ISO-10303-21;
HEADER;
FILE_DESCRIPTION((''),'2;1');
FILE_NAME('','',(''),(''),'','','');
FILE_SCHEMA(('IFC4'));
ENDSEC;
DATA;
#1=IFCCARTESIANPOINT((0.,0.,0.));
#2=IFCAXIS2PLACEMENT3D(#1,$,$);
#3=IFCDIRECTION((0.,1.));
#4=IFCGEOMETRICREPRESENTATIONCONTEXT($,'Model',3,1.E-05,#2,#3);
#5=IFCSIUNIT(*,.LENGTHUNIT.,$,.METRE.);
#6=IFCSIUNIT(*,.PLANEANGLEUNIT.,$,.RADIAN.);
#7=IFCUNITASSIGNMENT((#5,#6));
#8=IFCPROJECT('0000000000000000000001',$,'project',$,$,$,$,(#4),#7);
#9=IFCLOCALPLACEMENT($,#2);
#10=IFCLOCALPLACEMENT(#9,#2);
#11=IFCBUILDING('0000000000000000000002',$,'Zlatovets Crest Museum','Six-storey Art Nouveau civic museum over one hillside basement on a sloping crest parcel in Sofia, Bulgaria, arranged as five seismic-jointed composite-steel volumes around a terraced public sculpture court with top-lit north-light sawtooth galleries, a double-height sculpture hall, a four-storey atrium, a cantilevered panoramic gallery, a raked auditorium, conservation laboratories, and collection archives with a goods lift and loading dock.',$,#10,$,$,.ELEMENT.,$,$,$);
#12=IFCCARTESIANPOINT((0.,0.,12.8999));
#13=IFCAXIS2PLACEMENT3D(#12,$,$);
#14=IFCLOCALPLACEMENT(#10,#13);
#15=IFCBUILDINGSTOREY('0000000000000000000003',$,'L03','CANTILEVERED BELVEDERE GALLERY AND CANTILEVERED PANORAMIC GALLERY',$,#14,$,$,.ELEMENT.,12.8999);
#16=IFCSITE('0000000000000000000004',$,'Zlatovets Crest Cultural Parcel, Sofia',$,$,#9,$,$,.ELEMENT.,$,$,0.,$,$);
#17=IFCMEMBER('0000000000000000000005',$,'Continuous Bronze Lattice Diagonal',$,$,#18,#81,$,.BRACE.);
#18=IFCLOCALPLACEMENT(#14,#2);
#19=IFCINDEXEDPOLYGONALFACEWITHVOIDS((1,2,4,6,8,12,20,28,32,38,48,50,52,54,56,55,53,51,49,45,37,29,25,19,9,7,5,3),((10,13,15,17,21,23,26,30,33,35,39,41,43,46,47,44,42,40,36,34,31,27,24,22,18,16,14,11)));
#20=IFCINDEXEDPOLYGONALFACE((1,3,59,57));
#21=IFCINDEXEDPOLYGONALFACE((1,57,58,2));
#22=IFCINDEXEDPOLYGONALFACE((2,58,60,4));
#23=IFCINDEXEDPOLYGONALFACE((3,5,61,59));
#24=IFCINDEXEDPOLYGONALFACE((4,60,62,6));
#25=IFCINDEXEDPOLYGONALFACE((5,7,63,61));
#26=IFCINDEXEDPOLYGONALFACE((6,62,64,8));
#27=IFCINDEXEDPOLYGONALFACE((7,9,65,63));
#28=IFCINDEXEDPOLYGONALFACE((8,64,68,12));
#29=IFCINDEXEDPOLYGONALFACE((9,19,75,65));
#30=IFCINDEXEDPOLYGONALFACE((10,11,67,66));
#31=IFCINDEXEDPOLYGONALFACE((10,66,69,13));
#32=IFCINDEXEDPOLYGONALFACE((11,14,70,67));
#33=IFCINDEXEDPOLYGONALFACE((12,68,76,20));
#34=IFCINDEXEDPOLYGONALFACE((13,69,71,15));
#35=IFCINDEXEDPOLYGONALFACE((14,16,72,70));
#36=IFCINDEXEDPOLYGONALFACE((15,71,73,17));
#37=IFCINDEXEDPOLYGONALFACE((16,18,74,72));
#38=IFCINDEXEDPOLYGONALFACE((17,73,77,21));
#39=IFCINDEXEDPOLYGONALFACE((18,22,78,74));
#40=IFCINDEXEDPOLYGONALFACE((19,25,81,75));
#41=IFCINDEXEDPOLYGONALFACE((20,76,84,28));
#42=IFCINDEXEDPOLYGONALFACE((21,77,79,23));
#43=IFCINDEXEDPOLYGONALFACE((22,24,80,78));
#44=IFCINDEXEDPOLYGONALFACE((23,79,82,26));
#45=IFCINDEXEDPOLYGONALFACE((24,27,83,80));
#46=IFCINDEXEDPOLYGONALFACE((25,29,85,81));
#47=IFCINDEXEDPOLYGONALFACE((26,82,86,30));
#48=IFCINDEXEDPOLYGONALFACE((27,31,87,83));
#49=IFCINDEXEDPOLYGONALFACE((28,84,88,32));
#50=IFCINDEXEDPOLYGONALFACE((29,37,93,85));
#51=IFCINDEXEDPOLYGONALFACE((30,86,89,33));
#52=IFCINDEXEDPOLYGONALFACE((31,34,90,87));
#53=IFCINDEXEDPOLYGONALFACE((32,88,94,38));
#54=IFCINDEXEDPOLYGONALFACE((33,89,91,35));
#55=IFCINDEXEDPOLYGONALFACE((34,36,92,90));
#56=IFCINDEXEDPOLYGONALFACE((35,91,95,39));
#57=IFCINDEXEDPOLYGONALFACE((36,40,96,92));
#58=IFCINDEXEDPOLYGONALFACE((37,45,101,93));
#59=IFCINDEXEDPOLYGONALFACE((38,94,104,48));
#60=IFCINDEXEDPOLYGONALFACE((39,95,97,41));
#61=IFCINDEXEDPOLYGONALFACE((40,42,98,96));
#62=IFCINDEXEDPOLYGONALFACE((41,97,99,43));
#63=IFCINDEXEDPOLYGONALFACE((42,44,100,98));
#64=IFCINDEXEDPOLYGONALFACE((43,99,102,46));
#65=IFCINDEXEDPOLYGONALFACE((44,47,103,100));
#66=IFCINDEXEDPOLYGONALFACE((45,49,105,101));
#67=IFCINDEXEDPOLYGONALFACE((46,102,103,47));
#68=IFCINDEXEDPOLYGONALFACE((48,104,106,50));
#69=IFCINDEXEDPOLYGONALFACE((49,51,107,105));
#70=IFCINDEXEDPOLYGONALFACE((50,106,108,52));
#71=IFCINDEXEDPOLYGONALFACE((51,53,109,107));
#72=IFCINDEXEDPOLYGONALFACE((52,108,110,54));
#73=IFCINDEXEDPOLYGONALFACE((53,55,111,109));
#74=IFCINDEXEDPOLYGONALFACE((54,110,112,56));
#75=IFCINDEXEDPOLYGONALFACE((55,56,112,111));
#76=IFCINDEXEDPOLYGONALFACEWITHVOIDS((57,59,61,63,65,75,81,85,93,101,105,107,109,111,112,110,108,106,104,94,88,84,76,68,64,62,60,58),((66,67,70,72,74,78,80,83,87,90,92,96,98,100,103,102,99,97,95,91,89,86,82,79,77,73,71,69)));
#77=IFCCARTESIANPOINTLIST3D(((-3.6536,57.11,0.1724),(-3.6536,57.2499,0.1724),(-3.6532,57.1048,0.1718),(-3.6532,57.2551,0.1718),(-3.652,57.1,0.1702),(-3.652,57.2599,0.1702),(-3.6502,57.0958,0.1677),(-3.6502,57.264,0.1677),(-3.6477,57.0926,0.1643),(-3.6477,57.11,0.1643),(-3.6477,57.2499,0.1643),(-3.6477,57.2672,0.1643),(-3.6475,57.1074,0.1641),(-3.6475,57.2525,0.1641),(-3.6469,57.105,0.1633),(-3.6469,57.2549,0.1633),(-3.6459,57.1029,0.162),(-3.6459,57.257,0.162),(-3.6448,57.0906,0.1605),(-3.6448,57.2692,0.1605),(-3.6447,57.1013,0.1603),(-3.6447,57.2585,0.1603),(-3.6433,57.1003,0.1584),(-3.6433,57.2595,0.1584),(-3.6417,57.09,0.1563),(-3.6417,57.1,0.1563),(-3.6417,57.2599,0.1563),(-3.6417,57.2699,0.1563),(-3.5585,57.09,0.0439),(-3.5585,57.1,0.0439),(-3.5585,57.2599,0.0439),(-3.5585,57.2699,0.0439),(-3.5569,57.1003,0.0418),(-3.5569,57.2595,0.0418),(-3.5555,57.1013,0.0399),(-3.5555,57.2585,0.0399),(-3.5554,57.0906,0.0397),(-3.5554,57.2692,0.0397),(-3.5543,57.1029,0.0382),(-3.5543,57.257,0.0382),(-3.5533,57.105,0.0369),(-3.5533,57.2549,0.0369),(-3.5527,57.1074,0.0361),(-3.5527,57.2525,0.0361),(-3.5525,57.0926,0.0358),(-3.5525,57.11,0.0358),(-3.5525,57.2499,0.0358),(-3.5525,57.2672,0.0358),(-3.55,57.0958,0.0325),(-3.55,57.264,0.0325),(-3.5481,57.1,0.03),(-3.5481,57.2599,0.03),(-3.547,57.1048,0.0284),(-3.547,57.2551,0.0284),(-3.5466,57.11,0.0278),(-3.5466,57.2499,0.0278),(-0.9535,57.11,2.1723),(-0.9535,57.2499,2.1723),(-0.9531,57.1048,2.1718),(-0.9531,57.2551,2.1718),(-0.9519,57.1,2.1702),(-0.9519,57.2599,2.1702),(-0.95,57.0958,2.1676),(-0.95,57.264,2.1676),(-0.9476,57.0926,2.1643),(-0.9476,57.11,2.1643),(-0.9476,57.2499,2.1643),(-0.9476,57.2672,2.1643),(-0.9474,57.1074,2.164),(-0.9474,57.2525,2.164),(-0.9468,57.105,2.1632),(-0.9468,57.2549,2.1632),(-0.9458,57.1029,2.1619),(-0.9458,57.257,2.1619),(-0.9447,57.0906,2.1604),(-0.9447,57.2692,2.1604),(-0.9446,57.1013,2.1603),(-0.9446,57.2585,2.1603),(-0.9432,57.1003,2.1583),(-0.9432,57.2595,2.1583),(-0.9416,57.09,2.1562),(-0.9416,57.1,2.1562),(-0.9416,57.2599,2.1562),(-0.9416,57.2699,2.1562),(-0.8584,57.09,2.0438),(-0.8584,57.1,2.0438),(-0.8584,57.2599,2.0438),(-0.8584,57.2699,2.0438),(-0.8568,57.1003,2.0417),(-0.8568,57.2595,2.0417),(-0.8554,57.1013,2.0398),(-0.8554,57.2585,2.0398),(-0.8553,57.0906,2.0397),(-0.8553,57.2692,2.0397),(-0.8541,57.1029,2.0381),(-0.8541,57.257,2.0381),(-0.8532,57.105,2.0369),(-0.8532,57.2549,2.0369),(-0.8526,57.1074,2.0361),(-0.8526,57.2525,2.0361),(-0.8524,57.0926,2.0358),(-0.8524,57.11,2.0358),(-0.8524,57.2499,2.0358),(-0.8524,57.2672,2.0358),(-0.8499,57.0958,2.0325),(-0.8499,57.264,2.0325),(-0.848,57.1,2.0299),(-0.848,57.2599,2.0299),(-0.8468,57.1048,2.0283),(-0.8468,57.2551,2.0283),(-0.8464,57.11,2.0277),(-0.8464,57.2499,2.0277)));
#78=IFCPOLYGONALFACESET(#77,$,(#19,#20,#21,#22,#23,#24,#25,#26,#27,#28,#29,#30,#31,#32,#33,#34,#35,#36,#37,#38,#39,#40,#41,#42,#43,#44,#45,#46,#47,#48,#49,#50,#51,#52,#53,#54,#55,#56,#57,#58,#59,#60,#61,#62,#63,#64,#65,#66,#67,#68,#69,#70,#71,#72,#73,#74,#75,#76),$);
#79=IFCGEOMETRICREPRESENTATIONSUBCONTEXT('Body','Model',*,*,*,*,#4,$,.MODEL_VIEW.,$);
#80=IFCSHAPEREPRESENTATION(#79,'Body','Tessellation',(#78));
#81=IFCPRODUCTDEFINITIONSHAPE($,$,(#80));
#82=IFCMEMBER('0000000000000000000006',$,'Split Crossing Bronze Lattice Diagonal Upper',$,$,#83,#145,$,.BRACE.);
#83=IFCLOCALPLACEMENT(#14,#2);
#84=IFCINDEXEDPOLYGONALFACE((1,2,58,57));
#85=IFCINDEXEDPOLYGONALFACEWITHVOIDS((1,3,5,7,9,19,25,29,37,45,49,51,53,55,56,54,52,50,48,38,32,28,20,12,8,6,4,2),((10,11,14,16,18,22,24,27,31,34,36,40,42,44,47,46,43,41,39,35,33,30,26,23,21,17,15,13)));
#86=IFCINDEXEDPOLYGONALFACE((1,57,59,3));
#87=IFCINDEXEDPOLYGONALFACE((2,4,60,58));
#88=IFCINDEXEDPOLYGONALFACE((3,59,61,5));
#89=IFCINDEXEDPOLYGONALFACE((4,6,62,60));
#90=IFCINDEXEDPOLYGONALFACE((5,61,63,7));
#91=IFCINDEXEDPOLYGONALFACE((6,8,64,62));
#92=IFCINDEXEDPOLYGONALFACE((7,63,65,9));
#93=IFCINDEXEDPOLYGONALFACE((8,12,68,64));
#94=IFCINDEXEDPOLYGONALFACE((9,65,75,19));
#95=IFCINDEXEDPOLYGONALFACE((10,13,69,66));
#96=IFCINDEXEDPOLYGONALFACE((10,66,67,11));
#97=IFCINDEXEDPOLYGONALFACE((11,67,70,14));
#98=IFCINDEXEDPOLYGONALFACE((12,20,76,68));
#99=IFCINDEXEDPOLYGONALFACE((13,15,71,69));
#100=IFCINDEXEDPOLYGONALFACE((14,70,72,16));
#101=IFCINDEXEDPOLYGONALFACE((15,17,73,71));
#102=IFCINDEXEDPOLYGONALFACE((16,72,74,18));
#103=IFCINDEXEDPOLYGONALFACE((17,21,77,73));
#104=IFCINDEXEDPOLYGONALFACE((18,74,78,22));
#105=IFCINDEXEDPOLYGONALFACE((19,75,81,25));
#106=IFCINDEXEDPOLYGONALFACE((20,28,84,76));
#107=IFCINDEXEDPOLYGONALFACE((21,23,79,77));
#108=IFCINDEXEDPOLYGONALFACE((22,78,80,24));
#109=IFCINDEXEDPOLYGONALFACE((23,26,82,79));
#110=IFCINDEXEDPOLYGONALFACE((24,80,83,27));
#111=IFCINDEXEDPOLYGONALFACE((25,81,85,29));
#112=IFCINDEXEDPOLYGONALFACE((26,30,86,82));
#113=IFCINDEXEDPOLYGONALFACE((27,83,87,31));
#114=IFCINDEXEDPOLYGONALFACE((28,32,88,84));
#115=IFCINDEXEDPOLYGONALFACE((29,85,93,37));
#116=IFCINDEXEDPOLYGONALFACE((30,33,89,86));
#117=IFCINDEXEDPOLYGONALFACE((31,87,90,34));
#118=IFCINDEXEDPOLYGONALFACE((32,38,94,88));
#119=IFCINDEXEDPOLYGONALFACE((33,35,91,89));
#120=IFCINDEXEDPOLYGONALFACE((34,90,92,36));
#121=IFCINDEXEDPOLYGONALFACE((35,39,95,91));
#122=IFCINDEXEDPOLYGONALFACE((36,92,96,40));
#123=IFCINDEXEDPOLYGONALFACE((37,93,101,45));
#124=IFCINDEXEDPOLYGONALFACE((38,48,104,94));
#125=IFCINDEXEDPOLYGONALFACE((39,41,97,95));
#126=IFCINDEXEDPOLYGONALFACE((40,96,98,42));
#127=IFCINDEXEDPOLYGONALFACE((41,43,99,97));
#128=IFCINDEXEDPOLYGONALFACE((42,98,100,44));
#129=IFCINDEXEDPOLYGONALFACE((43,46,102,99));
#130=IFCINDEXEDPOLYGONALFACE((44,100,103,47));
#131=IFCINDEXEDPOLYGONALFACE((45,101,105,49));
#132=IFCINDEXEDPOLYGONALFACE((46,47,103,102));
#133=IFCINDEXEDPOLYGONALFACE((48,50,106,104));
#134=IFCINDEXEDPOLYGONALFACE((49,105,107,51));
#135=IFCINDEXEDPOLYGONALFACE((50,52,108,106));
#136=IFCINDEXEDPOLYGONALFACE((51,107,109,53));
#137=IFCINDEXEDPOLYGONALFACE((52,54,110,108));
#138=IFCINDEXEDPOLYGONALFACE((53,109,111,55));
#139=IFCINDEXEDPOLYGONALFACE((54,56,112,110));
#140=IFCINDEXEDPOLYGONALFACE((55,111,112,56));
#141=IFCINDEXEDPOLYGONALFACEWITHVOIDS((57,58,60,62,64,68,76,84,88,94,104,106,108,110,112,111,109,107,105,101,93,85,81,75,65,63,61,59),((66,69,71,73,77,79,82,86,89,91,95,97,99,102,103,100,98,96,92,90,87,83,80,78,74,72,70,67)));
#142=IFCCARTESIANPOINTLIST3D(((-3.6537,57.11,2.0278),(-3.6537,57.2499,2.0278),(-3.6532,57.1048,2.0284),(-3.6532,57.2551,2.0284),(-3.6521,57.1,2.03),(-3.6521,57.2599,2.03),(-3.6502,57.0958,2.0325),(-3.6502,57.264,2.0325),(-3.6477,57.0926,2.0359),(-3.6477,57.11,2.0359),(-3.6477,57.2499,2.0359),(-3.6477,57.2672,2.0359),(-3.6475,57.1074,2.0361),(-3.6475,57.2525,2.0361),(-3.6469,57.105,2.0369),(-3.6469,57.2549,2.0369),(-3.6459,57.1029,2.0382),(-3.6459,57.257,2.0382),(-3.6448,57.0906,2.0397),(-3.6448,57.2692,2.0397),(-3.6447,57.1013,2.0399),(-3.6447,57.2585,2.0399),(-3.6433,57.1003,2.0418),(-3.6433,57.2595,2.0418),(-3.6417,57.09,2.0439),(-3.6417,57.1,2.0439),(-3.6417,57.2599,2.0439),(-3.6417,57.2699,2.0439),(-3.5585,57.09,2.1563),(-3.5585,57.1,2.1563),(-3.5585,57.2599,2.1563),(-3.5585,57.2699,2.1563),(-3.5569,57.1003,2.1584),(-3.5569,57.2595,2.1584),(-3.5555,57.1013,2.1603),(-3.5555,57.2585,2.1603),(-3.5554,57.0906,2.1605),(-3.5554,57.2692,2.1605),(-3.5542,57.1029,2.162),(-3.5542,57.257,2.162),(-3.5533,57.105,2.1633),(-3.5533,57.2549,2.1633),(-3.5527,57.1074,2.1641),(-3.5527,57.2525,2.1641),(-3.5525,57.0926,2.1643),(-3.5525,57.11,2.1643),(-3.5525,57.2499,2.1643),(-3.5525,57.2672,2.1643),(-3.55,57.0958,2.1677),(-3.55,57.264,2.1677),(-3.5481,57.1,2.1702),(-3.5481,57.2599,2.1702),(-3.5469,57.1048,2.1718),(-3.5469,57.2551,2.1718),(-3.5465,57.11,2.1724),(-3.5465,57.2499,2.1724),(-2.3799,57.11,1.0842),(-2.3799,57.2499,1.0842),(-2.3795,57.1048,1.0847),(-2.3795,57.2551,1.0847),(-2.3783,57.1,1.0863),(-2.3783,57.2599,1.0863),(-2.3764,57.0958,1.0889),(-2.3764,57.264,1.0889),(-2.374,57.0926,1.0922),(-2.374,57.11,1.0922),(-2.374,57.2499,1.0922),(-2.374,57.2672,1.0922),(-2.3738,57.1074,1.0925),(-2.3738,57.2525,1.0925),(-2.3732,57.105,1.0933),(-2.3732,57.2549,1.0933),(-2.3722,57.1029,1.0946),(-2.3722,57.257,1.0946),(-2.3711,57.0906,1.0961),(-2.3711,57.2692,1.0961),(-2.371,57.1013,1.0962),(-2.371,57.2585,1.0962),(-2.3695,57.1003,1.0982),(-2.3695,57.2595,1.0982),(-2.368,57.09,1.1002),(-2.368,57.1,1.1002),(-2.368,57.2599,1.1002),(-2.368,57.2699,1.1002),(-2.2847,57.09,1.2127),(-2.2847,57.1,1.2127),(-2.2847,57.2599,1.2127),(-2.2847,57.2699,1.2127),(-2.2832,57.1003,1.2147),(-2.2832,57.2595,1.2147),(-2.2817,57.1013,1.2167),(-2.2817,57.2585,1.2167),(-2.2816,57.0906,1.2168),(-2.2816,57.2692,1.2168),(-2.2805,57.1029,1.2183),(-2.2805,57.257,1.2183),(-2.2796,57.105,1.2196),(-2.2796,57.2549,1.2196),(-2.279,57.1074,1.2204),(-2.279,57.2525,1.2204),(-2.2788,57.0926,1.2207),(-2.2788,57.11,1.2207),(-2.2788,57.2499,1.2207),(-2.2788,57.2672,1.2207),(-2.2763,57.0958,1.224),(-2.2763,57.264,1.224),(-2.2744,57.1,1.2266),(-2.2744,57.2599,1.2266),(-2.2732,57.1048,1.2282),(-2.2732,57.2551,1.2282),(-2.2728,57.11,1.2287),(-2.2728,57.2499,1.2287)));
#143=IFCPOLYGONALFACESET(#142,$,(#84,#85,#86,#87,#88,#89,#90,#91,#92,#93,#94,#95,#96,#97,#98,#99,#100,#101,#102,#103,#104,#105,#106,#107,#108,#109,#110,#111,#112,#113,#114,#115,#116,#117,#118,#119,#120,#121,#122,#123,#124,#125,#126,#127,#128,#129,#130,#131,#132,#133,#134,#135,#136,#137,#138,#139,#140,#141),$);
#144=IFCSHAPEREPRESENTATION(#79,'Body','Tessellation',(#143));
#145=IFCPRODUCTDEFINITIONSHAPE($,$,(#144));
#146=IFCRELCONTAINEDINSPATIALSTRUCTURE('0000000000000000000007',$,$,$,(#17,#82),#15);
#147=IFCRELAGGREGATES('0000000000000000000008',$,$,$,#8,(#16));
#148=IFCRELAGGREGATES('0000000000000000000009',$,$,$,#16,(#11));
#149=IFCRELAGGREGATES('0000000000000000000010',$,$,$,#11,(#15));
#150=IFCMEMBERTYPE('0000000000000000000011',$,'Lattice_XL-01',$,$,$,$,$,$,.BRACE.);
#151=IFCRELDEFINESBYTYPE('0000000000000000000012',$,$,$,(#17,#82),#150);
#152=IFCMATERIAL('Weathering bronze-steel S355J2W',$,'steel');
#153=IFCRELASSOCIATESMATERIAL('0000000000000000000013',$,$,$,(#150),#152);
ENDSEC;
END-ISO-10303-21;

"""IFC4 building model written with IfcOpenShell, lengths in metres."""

from ifc_helpers import new_model, si_unit, direction, frame, origin, origin_2d, place, context, subcontext, project, spatial, hollow_rectangle, extrude, material, material_profile, profile_set, type_object, element, save


model = new_model("IFC4")

# Units and contexts
model_context = context("Model", 3, precision=1e-05, world=origin(), true_north=direction((0.0, 1.0)))
body_context = subcontext(model_context, "Body", "Model", "MODEL_VIEW")
ifc_project = project(units=[si_unit("LENGTHUNIT", "METRE"), si_unit("PLANEANGLEUNIT", "RADIAN")], contexts=[model_context])

# Site, building, storey
site_placement = place(None, origin())
site = spatial("IfcSite", under=ifc_project, at=site_placement, Name="Zlatovets Crest Cultural Parcel, Sofia", CompositionType="ELEMENT", RefElevation=0.0)
building_placement = place(site_placement, origin())
building = spatial("IfcBuilding", under=site, at=building_placement, Name="Zlatovets Crest Museum", Description="Six-storey Art Nouveau civic museum over one hillside basement on a sloping crest parcel in Sofia, Bulgaria, arranged as five seismic-jointed composite-steel volumes around a terraced public sculpture court with top-lit north-light sawtooth galleries, a double-height sculpture hall, a four-storey atrium, a cantilevered panoramic gallery, a raked auditorium, conservation laboratories, and collection archives with a goods lift and loading dock.", CompositionType="ELEMENT")
storey_placement = place(building_placement, frame((0.0, 0.0, 12.8999)))
storey = spatial("IfcBuildingStorey", under=building, at=storey_placement, Name="L03", Description="CANTILEVERED BELVEDERE GALLERY AND CANTILEVERED PANORAMIC GALLERY", CompositionType="ELEMENT", Elevation=12.8999)

# Members
ifc_material_1 = material(Name="Weathering bronze-steel S355J2W", Category="steel")
ifc_material_profile_1 = material_profile(ifc_material_1, hollow_rectangle(XDim=0.1799, YDim=0.1799, WallThickness=0.01, InnerFilletRadius=0.01, OuterFilletRadius=0.02, at=origin_2d()), Name="SHS 180x180x10.0")
ifc_profile_set_1 = profile_set([ifc_material_profile_1], Name="Weathering bronze-steel S355J2W")
member_type_1 = type_object("IfcMemberType", Name="Lattice_XL-01", PredefinedType="BRACE", material=ifc_profile_set_1)
member_1_placement = place(storey_placement, frame((-3.6001, 57.1799, 0.1001), z_axis=(0.803578, 0.0, 0.5952), x_axis=(0.0, 1.0, 0.0)))
element("IfcMember", 1, at=member_1_placement, inside=storey, type_object=member_type_1, Name="Continuous Bronze Lattice Diagonal", PredefinedType="BRACE", context=body_context, shape_type="SweptSolid", body=[
    extrude(hollow_rectangle(XDim=0.1799, YDim=0.1799, WallThickness=0.01, InnerFilletRadius=0.01, OuterFilletRadius=0.02, at=origin_2d()), origin(), (0.0, 0.0, 1.0), 3.3601),
])
for number, where, z_axis, x_axis, name in (
    (2, (-3.6001, 57.1799, 2.1001), (0.803516, 0.0, -0.595283), (0.0, 1.0, 0.0), "Split Crossing Bronze Lattice Diagonal Upper"),
):
    element("IfcMember", number, at=place(storey_placement, frame(where, z_axis=z_axis, x_axis=x_axis)), inside=storey, type_object=member_type_1, Name=name, PredefinedType="BRACE", context=body_context, shape_type="SweptSolid", body=[
        extrude(hollow_rectangle(XDim=0.1799, YDim=0.1799, WallThickness=0.01, InnerFilletRadius=0.01, OuterFilletRadius=0.02, at=origin_2d()), origin(), (0.0, 0.0, 1.0), 1.5852),
    ])

save(model, "model.ifc")
